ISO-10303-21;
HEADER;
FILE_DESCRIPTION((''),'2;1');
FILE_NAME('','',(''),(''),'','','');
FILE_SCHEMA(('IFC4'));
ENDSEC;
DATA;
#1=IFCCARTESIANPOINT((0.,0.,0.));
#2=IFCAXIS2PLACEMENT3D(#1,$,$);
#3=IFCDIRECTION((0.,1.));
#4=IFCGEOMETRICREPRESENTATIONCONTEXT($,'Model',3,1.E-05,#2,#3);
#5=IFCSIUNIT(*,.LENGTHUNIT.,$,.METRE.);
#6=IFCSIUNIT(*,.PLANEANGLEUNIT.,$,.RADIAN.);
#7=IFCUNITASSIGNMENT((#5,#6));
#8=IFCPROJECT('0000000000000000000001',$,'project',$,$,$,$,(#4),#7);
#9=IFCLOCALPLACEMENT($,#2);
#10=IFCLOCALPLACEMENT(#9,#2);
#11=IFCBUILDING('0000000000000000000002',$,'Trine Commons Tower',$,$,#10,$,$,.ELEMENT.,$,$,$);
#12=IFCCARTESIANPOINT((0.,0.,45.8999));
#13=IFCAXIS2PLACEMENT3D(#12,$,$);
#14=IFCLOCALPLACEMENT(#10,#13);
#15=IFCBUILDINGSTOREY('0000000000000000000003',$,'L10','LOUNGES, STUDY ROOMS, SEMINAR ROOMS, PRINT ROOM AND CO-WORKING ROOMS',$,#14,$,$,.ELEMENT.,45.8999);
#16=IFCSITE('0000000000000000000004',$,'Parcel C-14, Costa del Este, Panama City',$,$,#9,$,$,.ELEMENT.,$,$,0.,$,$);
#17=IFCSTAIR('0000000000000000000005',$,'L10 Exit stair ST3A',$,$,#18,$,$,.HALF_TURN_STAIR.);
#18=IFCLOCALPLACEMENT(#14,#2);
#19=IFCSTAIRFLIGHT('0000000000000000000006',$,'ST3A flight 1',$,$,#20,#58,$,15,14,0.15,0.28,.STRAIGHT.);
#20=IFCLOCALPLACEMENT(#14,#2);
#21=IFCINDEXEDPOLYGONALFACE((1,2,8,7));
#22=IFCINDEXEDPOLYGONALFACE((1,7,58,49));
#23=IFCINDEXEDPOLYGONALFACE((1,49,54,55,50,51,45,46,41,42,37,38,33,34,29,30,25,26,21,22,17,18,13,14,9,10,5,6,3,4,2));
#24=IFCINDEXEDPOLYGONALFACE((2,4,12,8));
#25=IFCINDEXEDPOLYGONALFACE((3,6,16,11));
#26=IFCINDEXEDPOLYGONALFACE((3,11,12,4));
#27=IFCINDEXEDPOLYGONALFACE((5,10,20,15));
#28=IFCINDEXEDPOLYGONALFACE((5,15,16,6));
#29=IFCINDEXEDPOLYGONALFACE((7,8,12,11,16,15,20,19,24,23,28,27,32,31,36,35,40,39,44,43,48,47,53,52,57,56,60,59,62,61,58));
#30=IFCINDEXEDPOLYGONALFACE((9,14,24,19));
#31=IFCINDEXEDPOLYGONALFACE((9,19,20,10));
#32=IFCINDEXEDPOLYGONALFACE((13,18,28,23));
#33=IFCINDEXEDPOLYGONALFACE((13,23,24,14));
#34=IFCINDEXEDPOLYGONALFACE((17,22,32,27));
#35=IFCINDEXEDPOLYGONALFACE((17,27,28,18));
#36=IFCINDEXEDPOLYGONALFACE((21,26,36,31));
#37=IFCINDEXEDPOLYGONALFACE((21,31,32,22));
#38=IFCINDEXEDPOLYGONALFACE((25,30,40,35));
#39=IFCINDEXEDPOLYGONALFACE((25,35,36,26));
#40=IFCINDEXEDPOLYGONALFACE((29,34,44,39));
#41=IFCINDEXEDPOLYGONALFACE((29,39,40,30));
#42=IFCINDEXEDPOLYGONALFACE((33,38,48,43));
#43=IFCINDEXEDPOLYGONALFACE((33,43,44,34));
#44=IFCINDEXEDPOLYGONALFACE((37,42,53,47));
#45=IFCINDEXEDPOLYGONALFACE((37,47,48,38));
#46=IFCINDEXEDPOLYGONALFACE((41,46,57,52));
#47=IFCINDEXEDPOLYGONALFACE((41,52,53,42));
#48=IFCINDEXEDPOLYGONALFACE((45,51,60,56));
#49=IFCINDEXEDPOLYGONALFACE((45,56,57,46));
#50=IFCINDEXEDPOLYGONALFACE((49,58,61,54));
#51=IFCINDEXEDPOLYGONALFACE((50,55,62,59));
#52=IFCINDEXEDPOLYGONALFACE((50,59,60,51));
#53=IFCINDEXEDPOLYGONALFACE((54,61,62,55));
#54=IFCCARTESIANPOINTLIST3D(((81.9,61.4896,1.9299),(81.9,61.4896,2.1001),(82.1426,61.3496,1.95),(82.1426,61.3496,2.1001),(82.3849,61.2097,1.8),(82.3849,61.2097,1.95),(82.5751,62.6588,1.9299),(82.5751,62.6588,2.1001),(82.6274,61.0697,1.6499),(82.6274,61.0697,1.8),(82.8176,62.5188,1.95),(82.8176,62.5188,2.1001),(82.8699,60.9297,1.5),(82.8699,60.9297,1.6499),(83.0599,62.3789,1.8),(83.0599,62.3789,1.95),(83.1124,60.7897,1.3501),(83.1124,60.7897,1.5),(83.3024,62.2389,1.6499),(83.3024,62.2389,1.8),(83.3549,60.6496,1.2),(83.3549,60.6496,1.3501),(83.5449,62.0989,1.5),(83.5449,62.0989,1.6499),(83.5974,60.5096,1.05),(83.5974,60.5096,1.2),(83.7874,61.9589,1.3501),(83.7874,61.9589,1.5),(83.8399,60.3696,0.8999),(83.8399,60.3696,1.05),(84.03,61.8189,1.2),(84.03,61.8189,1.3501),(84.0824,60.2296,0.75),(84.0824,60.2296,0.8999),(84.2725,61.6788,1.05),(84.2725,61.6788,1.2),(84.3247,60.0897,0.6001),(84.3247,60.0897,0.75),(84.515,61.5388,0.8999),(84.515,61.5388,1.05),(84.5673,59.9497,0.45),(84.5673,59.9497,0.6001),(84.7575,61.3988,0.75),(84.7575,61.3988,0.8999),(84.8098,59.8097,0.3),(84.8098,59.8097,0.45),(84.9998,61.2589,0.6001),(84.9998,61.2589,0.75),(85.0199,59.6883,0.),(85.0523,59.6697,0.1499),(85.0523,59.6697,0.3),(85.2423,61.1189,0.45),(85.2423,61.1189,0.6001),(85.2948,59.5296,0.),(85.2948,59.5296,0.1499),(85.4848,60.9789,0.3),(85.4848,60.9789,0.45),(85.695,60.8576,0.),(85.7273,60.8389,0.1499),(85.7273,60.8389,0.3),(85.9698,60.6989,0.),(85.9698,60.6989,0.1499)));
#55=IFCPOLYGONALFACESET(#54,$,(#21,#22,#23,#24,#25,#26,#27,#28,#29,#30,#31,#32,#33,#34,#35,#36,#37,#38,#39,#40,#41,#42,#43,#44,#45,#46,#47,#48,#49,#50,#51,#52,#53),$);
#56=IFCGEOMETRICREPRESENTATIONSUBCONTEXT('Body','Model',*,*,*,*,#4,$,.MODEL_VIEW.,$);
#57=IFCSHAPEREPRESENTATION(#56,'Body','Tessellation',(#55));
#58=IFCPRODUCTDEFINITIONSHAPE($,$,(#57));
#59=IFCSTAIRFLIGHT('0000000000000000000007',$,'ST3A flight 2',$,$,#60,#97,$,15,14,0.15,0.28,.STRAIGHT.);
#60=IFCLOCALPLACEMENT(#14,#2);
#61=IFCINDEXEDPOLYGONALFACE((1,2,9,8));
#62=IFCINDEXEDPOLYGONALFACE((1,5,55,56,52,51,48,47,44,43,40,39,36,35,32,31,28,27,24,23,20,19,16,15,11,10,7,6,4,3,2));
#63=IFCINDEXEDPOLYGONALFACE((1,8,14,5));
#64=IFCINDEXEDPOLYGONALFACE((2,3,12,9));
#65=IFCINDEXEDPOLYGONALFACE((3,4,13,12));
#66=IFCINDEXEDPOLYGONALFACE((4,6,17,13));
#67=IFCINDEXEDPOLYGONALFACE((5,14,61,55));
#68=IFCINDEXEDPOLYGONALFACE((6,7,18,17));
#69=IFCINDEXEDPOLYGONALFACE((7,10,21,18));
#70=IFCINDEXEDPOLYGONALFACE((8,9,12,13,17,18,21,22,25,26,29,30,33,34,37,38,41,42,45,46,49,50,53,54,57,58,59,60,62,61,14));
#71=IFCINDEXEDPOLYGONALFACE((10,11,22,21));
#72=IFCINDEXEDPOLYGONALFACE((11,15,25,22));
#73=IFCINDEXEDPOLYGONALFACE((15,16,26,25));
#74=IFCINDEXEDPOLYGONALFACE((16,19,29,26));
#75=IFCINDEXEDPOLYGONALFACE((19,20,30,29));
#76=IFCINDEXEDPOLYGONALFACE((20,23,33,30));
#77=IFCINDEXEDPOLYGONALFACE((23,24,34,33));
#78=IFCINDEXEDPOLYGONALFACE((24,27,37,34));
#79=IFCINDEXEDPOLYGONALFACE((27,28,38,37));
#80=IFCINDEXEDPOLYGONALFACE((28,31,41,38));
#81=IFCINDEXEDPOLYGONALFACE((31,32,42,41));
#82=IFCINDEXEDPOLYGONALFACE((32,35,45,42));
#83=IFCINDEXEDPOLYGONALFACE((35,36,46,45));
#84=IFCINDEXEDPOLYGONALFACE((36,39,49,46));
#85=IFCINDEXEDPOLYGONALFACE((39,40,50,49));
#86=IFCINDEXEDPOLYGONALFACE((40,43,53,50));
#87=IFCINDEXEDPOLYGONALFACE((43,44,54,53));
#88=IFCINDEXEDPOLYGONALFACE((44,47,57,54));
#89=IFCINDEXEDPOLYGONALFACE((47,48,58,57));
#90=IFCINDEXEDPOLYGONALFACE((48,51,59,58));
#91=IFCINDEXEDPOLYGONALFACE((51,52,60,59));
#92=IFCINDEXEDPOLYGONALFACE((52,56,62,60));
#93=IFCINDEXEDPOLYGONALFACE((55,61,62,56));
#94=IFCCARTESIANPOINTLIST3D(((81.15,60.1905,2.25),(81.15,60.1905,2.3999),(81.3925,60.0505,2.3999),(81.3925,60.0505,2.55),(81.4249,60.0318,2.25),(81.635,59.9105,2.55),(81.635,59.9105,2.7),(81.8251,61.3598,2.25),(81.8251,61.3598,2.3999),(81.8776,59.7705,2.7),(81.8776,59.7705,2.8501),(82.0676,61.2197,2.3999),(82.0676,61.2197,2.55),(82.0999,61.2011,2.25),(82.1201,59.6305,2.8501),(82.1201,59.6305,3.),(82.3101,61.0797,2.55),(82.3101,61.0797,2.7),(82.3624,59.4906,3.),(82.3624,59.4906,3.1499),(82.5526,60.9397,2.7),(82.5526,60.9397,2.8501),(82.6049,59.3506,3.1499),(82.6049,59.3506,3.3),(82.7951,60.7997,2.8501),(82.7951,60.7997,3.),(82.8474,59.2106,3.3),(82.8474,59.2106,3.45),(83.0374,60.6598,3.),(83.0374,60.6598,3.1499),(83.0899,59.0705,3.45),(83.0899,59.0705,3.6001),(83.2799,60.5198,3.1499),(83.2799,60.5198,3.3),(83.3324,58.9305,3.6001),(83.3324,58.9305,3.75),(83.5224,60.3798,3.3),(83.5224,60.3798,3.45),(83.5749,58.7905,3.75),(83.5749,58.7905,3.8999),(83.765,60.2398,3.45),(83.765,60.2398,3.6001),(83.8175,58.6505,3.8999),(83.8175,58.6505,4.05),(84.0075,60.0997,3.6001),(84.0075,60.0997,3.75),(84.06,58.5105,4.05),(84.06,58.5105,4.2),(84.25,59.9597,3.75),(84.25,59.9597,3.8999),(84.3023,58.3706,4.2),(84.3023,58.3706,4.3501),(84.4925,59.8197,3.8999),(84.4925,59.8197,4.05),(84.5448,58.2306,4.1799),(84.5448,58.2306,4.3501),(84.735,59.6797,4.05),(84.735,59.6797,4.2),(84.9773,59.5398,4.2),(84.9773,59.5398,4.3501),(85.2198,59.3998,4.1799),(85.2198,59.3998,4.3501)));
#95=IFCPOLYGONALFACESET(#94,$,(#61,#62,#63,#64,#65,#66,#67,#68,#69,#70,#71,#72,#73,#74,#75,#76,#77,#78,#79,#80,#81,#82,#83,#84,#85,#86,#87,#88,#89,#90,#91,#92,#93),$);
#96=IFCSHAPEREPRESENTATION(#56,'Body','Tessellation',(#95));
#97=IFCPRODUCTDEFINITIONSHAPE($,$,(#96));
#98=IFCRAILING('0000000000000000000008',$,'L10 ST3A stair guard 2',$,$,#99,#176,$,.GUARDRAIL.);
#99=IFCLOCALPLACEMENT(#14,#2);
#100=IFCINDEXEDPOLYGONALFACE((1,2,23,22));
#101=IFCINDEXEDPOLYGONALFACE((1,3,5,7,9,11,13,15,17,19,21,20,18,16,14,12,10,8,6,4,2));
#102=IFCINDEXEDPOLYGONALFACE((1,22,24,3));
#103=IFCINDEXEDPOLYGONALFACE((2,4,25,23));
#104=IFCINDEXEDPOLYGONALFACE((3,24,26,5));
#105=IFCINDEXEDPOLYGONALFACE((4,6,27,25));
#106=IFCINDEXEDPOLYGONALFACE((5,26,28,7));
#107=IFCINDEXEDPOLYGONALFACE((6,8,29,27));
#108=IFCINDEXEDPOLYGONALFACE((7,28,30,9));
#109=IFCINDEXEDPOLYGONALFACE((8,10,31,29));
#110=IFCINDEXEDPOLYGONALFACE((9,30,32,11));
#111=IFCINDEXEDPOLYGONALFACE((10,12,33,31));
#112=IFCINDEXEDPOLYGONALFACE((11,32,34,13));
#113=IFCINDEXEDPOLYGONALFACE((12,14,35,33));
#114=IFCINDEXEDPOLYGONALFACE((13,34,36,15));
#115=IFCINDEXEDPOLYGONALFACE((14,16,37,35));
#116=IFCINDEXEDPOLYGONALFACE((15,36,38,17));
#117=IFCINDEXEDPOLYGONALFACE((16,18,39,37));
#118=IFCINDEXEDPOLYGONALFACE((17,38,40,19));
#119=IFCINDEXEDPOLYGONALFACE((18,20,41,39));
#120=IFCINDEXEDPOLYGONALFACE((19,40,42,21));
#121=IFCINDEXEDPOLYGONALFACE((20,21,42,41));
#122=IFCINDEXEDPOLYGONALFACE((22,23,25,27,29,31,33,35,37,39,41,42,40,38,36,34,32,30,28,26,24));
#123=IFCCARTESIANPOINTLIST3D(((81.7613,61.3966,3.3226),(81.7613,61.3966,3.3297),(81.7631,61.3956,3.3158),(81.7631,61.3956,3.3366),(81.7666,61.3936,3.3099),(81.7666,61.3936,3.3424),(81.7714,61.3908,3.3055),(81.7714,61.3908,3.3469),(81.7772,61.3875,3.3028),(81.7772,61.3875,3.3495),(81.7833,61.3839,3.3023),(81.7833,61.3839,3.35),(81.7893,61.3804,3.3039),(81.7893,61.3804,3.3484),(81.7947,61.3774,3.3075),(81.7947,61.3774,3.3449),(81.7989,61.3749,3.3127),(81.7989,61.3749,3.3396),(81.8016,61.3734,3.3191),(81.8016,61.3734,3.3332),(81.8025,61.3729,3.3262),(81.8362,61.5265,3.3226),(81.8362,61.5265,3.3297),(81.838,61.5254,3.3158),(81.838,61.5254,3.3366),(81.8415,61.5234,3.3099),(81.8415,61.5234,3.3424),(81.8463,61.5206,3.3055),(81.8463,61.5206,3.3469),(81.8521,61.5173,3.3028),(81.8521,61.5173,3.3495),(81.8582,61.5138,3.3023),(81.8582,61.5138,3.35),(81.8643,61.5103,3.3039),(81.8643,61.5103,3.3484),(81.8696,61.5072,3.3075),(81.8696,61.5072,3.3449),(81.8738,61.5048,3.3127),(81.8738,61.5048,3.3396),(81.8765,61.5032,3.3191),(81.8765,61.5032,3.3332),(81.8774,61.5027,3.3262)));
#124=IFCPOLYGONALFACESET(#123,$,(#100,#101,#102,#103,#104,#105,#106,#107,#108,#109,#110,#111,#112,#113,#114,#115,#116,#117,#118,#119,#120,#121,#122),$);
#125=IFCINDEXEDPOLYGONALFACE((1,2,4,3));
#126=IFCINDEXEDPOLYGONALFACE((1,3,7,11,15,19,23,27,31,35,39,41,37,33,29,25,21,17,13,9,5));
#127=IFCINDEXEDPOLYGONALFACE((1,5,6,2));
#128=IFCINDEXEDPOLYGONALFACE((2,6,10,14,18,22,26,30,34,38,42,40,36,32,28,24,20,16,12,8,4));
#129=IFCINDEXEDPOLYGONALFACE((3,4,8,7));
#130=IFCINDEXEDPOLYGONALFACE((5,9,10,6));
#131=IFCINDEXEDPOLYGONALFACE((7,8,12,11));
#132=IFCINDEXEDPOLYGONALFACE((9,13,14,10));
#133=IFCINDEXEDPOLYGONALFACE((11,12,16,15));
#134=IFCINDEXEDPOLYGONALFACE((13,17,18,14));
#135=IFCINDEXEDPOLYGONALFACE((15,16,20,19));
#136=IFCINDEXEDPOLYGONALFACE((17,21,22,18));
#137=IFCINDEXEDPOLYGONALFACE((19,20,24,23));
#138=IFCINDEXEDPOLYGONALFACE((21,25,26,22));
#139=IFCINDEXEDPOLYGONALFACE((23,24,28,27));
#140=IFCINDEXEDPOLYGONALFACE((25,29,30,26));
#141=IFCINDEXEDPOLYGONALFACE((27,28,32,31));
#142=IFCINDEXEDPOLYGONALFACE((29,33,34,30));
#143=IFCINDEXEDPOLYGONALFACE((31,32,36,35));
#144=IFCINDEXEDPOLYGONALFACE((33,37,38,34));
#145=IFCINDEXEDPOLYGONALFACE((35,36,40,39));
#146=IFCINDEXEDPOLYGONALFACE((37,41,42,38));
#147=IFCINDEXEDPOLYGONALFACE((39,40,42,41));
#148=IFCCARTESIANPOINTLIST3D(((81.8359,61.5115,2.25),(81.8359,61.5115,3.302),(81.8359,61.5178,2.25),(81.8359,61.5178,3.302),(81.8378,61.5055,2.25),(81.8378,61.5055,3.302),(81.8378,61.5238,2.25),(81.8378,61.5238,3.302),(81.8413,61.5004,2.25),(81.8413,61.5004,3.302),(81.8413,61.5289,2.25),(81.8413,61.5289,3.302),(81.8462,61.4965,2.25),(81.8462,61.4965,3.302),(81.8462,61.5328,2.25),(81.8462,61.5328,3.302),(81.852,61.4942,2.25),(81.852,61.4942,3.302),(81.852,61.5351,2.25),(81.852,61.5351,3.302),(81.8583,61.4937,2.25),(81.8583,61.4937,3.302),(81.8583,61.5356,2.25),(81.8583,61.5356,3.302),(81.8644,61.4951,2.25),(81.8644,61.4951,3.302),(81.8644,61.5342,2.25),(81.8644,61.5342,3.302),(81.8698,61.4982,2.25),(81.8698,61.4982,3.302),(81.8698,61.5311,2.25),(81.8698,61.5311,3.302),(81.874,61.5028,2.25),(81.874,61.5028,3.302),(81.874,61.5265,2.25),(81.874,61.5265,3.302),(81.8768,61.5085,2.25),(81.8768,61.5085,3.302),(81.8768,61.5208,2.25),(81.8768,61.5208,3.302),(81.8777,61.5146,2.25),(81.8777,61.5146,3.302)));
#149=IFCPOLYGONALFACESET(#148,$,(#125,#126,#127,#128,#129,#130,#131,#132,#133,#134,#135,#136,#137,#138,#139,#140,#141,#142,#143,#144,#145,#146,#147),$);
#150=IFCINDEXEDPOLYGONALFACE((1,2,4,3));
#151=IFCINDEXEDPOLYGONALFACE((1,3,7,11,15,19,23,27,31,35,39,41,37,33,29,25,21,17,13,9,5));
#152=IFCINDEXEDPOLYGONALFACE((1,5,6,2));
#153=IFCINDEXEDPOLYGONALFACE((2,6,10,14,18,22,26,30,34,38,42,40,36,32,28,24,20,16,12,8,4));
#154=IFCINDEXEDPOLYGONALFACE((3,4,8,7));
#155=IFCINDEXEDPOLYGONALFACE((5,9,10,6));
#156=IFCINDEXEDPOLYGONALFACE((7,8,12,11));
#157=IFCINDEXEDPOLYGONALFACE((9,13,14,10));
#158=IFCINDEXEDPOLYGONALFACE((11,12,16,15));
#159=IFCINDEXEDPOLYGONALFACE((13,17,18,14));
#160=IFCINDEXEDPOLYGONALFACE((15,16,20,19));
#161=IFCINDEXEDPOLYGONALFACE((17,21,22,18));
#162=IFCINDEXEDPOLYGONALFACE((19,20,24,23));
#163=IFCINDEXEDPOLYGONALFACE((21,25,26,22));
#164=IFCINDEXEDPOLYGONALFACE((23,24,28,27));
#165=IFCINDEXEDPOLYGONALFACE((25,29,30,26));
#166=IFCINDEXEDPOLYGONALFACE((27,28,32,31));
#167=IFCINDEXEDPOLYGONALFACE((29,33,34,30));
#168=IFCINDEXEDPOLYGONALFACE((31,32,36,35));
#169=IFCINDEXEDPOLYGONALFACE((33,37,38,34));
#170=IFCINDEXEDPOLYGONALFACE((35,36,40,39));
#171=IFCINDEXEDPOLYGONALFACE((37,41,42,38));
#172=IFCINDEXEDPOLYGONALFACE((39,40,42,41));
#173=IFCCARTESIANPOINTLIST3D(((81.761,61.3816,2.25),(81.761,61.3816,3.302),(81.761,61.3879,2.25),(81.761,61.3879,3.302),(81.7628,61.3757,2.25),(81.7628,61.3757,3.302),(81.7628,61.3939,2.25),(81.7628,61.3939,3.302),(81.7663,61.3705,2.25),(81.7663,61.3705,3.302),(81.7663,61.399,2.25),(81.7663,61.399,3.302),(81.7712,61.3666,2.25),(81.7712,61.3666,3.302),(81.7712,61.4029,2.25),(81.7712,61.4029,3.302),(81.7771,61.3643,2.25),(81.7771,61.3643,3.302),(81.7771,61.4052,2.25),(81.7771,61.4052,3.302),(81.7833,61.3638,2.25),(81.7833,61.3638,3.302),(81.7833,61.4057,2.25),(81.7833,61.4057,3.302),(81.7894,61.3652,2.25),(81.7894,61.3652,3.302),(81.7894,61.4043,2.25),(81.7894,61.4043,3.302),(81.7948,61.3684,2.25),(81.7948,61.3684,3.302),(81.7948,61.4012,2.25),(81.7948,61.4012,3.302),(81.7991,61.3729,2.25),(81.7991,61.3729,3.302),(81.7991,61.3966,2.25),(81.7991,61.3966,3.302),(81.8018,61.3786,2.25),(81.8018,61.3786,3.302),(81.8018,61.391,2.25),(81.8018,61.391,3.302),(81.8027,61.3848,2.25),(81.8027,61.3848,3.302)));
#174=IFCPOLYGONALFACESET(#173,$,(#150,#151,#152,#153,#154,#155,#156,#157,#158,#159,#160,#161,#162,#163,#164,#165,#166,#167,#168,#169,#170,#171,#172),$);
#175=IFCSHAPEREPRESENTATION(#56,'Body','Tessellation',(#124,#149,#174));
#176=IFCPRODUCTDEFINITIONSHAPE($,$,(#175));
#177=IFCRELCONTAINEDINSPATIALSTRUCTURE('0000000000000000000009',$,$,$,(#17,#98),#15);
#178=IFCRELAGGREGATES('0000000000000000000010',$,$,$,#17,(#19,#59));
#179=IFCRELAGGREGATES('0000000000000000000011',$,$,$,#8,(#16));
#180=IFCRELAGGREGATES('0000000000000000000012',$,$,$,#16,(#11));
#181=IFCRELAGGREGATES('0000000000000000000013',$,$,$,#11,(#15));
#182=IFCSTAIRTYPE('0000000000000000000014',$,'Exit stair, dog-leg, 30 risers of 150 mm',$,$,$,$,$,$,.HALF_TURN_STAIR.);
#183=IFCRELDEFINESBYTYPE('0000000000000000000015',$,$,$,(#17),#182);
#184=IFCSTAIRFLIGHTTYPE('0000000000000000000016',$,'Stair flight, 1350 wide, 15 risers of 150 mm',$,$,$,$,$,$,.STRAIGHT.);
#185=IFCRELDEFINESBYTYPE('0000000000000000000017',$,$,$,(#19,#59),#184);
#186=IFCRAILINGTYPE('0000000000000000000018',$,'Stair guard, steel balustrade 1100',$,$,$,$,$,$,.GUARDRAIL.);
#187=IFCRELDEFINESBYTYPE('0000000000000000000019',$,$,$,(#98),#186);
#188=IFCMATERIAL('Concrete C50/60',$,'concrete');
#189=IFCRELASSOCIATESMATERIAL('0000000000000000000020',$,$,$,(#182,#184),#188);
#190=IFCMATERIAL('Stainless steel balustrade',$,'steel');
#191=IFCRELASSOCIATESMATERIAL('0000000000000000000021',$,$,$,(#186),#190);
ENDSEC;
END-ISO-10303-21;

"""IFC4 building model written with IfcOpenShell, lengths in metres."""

from ifc_helpers import new_model, si_unit, direction, frame, origin, origin_2d, place, context, subcontext, project, spatial, polyline, circle, outline, extrude, material, type_object, element, aggregate, save


model = new_model("IFC4")

# Units and contexts
model_context = context("Model", 3, precision=1e-05, world=origin(), true_north=direction((0.0, 1.0)))
body_context = subcontext(model_context, "Body", "Model", "MODEL_VIEW")
ifc_project = project(units=[si_unit("LENGTHUNIT", "METRE"), si_unit("PLANEANGLEUNIT", "RADIAN")], contexts=[model_context])

# Site, building, storey
site_placement = place(None, origin())
site = spatial("IfcSite", under=ifc_project, at=site_placement, Name="Parcel C-14, Costa del Este, Panama City", CompositionType="ELEMENT", RefElevation=0.0)
building_placement = place(site_placement, origin())
building = spatial("IfcBuilding", under=site, at=building_placement, Name="Trine Commons Tower", CompositionType="ELEMENT")
storey_placement = place(building_placement, frame((0.0, 0.0, 45.8999)))
storey = spatial("IfcBuildingStorey", under=building, at=storey_placement, Name="L10", Description="LOUNGES, STUDY ROOMS, SEMINAR ROOMS, PRINT ROOM AND CO-WORKING ROOMS", CompositionType="ELEMENT", Elevation=45.8999)

# Stair, stair flights
ifc_material_1 = material(Name="Concrete C50/60", Category="concrete")
stair_type = type_object("IfcStairType", Name="Exit stair, dog-leg, 30 risers of 150 mm", PredefinedType="HALF_TURN_STAIR", material=ifc_material_1)
stair_placement = place(storey_placement, origin())
stair = element("IfcStair", 1, at=stair_placement, inside=storey, type_object=stair_type, Name="L10 Exit stair ST3A", PredefinedType="HALF_TURN_STAIR")
stair_flight_type = type_object("IfcStairFlightType", Name="Stair flight, 1350 wide, 15 risers of 150 mm", PredefinedType="STRAIGHT", material=ifc_material_1)
stair_flight_1_placement = place(storey_placement, frame((85.6323, 60.1143, 0.0), z_axis=(0.0, 0.0, 1.0), x_axis=(-0.866025, 0.5, 0.0)))
stair_flight_1 = element("IfcStairFlight", 2, at=stair_flight_1_placement, type_object=stair_flight_type, Name="ST3A flight 1", NumberOfRisers=15, NumberOfTreads=14, PredefinedType="STRAIGHT", RiserHeight=0.15, TreadLength=0.28, context=body_context, shape_type="SweptSolid", body=[
    extrude(outline(polyline([(0.0, 0.0), (0.0, 0.1499), (0.28, 0.1499), (0.28, 0.3), (0.5601, 0.3), (0.5601, 0.45), (0.8401, 0.45), (0.8401, 0.6001), (1.1201, 0.6001), (1.1201, 0.75), (1.3999, 0.75), (1.3999, 0.8999), (1.6799, 0.8999), (1.6799, 1.05), (1.96, 1.05), (1.96, 1.2), (2.24, 1.2), (2.24, 1.3501), (2.52, 1.3501), (2.52, 1.5), (2.8, 1.5), (2.8, 1.6499), (3.0801, 1.6499), (3.0801, 1.8), (3.3601, 1.8), (3.3601, 1.95), (3.6399, 1.95), (3.6399, 2.1001), (3.9199, 2.1001), (3.9199, 2.25), (3.9199, 1.9299), (0.3174, 0.0), (0.0, 0.0)])), frame((0.0, 0.675, 0.0), z_axis=(0.0, -1.0, 0.0), x_axis=(1.0, 0.0, 0.0)), (0.0, 0.0, 1.0), 1.3501),
])
stair_flight_2_placement = place(storey_placement, frame((81.4875, 60.7751, 2.25), z_axis=(0.0, 0.0, 1.0), x_axis=(0.866025, -0.5, 0.0)))
stair_flight_2 = element("IfcStairFlight", 3, at=stair_flight_2_placement, type_object=stair_flight_type, Name="ST3A flight 2", NumberOfRisers=15, NumberOfTreads=14, PredefinedType="STRAIGHT", RiserHeight=0.15, TreadLength=0.28, context=body_context, shape_type="SweptSolid", body=[
    extrude(outline(polyline([(0.0, 0.0), (0.0, 0.1499), (0.28, 0.1499), (0.28, 0.3), (0.5601, 0.3), (0.5601, 0.45), (0.8401, 0.45), (0.8401, 0.6001), (1.1201, 0.6001), (1.1201, 0.75), (1.3999, 0.75), (1.3999, 0.8999), (1.6799, 0.8999), (1.6799, 1.05), (1.96, 1.05), (1.96, 1.2), (2.24, 1.2), (2.24, 1.3501), (2.52, 1.3501), (2.52, 1.5), (2.8, 1.5), (2.8, 1.6499), (3.0801, 1.6499), (3.0801, 1.8), (3.3601, 1.8), (3.3601, 1.95), (3.6399, 1.95), (3.6399, 2.1001), (3.9199, 2.1001), (3.9199, 2.25), (3.9199, 1.9299), (0.3174, 0.0), (0.0, 0.0)])), frame((0.0, 0.675, 0.0), z_axis=(0.0, -1.0, 0.0), x_axis=(1.0, 0.0, 0.0)), (0.0, 0.0, 1.0), 1.3501),
])
aggregate(stair, [stair_flight_1, stair_flight_2])

# Railing
ifc_material_2 = material(Name="Stainless steel balustrade", Category="steel")
railing_type_1 = type_object("IfcRailingType", Name="Stair guard, steel balustrade 1100", PredefinedType="GUARDRAIL", material=ifc_material_2)
railing_1_placement = place(storey_placement, frame((81.8567, 61.5146, 2.25)))
element("IfcRailing", 4, at=railing_1_placement, inside=storey, type_object=railing_type_1, Name="L10 ST3A stair guard 2", PredefinedType="GUARDRAIL", context=body_context, shape_type="SweptSolid", body=[
    extrude(circle(Radius=0.0239, at=origin_2d()), frame((0.0, 0.0, 1.0762), z_axis=(-0.499816, -0.866131, 0.0), x_axis=(0.866131, -0.499816, 0.0)), (0.0, 0.0, 1.0), 0.1499),
    extrude(circle(Radius=0.021, at=origin_2d()), origin(), (0.0, 0.0, 1.0), 1.052),
    extrude(circle(Radius=0.021, at=origin_2d()), frame((-0.075, -0.1299, 0.0)), (0.0, 0.0, 1.0), 1.052),
])

save(model, "model.ifc")
